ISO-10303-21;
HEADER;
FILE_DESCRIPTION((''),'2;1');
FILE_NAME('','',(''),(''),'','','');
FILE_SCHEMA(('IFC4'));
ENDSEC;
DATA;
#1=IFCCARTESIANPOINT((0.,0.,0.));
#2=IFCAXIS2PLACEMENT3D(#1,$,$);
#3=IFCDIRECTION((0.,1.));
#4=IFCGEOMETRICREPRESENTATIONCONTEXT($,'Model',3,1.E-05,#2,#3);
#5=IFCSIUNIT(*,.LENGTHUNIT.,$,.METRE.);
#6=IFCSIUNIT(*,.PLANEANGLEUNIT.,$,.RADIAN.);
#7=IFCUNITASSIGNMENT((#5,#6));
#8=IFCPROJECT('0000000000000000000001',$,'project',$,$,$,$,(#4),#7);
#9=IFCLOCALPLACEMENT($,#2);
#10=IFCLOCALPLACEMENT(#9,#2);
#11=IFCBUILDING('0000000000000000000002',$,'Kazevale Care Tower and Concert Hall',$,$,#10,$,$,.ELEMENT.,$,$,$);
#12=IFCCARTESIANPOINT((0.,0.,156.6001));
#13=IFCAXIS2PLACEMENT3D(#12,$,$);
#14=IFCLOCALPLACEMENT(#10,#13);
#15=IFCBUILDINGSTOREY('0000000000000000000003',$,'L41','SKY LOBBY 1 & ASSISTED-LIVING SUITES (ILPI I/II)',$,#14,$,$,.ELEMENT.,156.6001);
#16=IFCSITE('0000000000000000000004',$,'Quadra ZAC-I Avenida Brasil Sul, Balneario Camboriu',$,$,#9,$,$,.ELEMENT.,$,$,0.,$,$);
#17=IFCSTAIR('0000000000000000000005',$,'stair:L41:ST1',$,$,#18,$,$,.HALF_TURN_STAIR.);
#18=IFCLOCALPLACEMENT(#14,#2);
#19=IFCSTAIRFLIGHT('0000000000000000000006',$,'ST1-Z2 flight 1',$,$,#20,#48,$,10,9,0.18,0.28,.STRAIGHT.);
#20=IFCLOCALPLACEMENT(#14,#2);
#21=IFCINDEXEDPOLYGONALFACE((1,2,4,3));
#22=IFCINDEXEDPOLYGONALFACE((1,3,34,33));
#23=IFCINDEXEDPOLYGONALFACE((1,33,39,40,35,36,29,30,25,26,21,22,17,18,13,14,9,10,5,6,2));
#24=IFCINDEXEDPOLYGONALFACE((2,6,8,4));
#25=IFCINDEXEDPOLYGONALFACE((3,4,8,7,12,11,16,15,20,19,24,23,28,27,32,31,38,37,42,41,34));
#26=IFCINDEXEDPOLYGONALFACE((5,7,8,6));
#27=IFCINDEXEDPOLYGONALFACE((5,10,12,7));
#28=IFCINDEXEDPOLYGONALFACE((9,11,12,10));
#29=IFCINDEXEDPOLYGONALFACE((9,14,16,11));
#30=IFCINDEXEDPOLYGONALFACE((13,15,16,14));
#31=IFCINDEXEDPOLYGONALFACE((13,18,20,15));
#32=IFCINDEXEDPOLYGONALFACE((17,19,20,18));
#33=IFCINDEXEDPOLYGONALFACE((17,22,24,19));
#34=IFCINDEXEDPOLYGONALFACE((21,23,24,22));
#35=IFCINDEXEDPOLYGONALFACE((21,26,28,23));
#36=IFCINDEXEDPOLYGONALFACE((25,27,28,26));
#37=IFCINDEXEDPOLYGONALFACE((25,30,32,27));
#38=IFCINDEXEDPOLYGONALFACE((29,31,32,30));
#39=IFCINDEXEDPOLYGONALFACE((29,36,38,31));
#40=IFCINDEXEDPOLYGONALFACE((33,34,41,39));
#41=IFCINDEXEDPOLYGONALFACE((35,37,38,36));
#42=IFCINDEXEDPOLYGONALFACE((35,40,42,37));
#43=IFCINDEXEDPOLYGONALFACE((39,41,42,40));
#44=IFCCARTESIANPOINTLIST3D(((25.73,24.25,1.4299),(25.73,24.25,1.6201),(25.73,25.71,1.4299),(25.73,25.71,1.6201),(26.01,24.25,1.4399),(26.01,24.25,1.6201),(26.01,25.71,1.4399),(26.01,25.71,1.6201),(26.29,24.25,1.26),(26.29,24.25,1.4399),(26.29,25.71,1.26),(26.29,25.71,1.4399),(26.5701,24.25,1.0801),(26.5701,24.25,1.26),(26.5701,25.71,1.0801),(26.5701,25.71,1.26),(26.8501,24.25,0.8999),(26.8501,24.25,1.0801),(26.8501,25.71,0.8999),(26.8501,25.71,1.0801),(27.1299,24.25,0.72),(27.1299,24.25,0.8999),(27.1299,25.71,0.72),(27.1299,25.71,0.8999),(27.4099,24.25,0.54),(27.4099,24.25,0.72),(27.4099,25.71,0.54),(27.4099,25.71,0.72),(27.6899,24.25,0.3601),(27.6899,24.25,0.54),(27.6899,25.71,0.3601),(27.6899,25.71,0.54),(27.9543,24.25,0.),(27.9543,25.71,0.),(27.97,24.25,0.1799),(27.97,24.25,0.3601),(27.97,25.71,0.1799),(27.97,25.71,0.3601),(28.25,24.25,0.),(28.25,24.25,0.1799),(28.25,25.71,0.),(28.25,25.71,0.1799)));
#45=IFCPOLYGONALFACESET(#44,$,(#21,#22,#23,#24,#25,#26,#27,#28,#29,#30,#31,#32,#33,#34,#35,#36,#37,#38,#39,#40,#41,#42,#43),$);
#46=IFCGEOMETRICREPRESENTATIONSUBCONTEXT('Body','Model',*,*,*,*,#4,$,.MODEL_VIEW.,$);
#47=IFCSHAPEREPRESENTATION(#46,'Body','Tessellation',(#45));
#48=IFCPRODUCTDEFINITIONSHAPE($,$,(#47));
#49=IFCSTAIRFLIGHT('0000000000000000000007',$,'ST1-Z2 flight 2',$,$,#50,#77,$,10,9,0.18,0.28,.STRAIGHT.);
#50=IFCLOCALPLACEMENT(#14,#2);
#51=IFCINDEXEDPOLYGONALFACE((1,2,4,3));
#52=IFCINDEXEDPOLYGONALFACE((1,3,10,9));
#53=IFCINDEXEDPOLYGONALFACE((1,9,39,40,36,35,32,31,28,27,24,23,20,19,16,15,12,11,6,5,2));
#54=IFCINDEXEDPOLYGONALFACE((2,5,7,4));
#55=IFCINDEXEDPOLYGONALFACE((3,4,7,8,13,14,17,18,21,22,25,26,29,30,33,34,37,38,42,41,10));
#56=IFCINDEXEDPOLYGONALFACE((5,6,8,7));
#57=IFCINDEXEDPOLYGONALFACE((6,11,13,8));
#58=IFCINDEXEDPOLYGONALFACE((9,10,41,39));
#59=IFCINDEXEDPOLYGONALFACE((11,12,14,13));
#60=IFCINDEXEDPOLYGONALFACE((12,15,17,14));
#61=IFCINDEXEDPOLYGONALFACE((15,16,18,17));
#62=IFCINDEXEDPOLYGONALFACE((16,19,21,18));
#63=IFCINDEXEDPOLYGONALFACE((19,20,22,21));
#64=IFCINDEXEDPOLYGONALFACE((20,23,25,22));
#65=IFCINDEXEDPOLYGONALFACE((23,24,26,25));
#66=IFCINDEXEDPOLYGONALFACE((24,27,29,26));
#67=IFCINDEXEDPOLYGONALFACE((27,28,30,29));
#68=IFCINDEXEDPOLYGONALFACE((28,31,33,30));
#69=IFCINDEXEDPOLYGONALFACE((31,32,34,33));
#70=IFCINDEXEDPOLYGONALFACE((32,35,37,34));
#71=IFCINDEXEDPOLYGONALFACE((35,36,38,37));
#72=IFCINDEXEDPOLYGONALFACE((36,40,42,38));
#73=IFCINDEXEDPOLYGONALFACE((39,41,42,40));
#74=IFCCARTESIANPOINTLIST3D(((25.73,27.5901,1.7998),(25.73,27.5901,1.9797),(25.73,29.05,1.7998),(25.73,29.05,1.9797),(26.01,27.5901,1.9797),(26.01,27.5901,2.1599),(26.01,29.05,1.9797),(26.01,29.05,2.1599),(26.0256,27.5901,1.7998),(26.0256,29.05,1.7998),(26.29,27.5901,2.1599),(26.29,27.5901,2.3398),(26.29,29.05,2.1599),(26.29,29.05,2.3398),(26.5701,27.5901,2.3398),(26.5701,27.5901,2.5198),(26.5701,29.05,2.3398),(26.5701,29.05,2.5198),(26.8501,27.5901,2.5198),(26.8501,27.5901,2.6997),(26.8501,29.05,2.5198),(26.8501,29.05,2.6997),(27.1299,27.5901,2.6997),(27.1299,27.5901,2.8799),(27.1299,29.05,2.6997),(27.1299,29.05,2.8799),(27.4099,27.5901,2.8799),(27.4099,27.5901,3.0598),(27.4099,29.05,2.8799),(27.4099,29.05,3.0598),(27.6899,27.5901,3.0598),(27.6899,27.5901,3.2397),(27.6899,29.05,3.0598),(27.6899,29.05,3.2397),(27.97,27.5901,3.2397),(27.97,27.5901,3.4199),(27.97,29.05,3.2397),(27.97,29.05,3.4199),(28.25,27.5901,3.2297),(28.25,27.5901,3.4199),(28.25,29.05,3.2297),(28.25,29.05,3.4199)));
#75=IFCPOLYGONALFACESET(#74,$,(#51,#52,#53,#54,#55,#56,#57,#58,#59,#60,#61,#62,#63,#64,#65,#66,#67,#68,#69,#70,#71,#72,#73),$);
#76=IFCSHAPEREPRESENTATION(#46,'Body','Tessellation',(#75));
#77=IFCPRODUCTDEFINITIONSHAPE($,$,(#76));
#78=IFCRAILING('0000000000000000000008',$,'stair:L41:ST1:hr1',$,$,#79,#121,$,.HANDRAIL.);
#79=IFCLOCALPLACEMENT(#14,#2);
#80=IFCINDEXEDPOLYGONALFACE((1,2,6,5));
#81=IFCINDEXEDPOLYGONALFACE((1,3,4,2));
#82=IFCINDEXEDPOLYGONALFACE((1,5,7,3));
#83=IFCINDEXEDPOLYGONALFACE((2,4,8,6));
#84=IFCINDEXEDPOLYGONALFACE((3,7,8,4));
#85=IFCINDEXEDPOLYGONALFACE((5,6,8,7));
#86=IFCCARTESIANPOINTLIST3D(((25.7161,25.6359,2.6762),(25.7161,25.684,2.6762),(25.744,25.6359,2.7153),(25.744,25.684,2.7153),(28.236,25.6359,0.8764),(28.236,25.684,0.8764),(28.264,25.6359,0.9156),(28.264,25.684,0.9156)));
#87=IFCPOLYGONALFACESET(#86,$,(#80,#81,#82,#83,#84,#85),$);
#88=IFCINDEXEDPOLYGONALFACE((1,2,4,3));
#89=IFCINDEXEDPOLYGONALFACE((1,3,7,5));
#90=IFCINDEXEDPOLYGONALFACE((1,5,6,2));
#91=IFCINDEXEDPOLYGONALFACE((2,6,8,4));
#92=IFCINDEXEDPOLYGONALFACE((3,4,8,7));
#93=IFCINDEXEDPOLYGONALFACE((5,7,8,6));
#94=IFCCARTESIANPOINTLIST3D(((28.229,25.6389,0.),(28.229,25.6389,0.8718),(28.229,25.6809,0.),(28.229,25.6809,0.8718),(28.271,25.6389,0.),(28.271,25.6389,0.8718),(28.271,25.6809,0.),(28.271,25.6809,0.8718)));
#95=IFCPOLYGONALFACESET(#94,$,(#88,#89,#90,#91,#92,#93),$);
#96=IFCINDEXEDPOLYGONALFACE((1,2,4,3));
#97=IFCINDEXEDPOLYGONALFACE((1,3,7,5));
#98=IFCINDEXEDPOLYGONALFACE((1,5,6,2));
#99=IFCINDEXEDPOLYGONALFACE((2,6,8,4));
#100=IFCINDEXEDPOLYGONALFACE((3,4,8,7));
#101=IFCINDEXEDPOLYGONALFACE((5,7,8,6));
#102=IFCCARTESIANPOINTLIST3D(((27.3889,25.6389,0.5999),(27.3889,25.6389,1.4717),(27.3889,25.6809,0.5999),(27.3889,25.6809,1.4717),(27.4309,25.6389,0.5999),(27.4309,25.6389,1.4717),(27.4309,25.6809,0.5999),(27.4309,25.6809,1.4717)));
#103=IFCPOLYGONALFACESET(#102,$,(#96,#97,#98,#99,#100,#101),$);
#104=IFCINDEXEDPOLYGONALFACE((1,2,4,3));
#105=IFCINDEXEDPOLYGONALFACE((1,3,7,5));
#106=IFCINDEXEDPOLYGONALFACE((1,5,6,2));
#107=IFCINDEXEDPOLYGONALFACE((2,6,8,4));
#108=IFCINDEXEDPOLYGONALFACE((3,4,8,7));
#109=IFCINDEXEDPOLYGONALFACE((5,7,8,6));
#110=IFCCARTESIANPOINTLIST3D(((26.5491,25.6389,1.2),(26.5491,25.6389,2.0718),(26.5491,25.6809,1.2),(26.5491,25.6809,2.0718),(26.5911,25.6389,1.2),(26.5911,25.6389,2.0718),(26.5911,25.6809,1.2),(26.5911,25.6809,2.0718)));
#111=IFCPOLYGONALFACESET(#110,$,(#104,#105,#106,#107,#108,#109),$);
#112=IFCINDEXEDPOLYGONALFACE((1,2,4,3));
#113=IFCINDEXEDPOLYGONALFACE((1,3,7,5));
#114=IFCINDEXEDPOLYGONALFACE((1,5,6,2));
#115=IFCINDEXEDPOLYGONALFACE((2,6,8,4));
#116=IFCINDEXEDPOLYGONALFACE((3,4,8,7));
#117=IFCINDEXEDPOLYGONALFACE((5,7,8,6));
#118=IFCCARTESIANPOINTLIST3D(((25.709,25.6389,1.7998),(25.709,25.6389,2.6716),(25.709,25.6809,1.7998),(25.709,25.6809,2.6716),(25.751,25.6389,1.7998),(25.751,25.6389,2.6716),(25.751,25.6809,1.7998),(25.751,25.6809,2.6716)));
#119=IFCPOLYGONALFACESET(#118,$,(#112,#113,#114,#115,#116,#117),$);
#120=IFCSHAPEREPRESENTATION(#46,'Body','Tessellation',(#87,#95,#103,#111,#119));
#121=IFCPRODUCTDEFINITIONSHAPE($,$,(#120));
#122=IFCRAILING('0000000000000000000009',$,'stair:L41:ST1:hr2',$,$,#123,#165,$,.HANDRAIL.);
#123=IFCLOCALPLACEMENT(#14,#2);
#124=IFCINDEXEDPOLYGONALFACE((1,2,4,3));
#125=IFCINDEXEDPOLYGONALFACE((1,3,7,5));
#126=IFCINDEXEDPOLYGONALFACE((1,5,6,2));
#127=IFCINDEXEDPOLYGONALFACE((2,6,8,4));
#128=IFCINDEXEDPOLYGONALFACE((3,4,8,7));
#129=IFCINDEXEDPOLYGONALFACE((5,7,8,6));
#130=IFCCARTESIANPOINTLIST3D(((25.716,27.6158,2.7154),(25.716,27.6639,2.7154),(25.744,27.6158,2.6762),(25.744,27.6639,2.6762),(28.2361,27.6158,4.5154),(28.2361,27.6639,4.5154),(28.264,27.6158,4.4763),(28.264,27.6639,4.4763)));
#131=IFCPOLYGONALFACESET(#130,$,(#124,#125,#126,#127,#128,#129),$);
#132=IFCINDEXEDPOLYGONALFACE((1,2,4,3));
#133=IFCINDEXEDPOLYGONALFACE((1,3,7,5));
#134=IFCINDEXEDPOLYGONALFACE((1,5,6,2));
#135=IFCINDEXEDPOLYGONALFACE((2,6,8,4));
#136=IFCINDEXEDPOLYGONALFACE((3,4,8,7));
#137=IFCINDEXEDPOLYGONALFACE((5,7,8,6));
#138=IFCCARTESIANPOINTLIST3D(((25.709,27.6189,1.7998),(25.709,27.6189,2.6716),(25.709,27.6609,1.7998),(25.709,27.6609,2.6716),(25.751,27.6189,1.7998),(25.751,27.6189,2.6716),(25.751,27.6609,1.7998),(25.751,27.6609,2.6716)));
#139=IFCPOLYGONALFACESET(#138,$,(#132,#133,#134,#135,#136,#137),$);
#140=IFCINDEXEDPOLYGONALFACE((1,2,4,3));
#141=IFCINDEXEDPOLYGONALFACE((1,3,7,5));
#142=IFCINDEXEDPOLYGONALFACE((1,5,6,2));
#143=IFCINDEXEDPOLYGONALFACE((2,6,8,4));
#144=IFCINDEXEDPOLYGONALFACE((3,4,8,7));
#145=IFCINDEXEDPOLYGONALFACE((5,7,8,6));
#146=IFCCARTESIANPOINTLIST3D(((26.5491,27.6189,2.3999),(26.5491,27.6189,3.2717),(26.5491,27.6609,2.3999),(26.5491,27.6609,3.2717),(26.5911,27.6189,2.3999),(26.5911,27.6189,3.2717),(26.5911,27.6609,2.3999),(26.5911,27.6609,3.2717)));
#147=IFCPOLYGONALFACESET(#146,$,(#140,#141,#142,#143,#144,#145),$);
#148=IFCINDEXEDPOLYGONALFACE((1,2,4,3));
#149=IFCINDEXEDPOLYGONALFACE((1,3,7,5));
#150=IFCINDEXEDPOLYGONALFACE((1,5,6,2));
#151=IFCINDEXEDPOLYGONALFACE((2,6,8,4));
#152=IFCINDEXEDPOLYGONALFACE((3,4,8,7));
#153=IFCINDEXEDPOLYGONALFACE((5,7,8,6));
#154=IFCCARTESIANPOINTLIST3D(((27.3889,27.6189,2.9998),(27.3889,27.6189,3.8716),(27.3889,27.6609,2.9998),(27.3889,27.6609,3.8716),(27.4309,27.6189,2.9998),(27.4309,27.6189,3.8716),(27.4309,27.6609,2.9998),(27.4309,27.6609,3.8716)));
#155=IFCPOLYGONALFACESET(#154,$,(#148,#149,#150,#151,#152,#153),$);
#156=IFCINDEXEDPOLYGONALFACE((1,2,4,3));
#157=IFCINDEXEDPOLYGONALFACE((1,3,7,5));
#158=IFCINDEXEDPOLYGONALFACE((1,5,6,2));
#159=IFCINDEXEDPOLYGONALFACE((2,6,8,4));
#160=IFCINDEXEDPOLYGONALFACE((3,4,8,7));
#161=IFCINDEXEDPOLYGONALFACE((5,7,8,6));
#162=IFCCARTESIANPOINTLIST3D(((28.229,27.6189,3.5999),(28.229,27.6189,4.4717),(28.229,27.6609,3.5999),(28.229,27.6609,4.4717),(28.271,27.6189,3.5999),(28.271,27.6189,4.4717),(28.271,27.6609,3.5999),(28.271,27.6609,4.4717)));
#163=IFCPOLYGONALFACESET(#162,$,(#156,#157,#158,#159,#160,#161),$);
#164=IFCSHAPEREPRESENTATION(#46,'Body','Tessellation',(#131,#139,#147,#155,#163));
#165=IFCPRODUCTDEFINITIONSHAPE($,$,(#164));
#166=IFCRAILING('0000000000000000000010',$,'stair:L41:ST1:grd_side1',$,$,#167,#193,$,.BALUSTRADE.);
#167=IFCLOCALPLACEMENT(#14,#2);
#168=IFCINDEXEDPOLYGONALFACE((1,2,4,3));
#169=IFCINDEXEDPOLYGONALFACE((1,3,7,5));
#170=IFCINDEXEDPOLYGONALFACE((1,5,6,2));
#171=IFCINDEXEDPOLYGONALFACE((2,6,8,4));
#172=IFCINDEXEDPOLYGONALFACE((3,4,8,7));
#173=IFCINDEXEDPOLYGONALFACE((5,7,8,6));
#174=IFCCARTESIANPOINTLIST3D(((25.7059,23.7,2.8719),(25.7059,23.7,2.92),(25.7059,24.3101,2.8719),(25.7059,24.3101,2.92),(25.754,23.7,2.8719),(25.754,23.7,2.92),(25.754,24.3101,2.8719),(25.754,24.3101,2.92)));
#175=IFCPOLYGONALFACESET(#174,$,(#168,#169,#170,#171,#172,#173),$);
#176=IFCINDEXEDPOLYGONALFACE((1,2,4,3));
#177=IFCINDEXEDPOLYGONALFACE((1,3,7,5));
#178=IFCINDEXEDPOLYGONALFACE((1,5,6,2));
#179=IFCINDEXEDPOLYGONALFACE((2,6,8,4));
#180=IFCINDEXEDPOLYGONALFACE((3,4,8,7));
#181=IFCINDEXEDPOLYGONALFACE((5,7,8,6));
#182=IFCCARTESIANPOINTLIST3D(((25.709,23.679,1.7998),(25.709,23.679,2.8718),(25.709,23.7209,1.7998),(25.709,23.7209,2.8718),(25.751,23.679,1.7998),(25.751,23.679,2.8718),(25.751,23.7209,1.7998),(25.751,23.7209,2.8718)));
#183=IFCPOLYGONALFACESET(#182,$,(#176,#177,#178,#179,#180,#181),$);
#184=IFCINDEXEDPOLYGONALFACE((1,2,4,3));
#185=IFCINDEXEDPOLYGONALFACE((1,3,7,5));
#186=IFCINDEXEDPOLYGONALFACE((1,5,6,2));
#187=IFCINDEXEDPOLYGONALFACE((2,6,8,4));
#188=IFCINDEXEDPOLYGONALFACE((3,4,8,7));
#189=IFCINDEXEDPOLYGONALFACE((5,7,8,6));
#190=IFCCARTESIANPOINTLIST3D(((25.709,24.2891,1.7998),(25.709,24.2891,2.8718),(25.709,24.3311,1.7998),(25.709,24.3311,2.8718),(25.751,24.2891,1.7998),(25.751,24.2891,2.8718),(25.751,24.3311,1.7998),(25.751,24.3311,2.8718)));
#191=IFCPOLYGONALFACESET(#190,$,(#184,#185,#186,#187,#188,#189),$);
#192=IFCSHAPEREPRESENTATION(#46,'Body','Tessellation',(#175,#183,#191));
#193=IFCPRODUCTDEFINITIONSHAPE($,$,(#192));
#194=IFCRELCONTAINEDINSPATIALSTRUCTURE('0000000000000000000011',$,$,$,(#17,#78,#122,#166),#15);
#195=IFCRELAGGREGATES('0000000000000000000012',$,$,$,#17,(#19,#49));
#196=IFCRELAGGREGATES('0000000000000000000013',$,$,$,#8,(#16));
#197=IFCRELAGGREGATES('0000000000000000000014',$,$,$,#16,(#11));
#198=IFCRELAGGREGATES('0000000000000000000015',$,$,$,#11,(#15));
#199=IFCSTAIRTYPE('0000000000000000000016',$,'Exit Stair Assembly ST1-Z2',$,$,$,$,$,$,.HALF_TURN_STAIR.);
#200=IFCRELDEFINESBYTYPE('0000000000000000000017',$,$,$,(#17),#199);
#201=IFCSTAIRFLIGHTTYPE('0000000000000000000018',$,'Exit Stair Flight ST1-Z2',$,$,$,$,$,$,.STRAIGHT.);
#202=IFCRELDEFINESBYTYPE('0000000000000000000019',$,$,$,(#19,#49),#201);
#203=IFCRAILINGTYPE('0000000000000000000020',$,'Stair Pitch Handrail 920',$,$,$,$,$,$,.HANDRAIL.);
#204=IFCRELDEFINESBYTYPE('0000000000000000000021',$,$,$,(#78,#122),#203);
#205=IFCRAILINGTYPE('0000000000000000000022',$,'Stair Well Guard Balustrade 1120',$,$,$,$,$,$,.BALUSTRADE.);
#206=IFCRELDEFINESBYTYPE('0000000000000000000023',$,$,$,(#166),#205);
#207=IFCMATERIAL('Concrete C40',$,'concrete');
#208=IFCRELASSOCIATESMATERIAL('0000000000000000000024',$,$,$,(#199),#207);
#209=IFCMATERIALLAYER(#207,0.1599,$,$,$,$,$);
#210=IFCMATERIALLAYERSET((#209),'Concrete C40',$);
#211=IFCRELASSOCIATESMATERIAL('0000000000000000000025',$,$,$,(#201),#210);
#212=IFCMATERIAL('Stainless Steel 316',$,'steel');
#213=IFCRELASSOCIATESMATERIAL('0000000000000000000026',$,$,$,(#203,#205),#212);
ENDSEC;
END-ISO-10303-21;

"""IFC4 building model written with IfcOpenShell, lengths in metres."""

from ifc_helpers import new_model, si_unit, direction, frame, origin, origin_2d, place, context, subcontext, project, spatial, polyline, rectangle, outline, extrude, material, layer, layer_set, type_object, element, aggregate, save


model = new_model("IFC4")

# Units and contexts
model_context = context("Model", 3, precision=1e-05, world=origin(), true_north=direction((0.0, 1.0)))
body_context = subcontext(model_context, "Body", "Model", "MODEL_VIEW")
ifc_project = project(units=[si_unit("LENGTHUNIT", "METRE"), si_unit("PLANEANGLEUNIT", "RADIAN")], contexts=[model_context])

# Site, building, storey
site_placement = place(None, origin())
site = spatial("IfcSite", under=ifc_project, at=site_placement, Name="Quadra ZAC-I Avenida Brasil Sul, Balneario Camboriu", CompositionType="ELEMENT", RefElevation=0.0)
building_placement = place(site_placement, origin())
building = spatial("IfcBuilding", under=site, at=building_placement, Name="Kazevale Care Tower and Concert Hall", CompositionType="ELEMENT")
storey_placement = place(building_placement, frame((0.0, 0.0, 156.6001)))
storey = spatial("IfcBuildingStorey", under=building, at=storey_placement, Name="L41", Description="SKY LOBBY 1 & ASSISTED-LIVING SUITES (ILPI I/II)", CompositionType="ELEMENT", Elevation=156.6001)

# Shared definitions
ifc_material_1 = material(Name="Concrete C40", Category="concrete")
ifc_material_2 = material(Name="Stainless Steel 316", Category="steel")

# Stair, stair flights
stair_type = type_object("IfcStairType", Name="Exit Stair Assembly ST1-Z2", PredefinedType="HALF_TURN_STAIR", material=ifc_material_1)
stair_placement = place(storey_placement, origin())
stair = element("IfcStair", 1, at=stair_placement, inside=storey, type_object=stair_type, Name="stair:L41:ST1", PredefinedType="HALF_TURN_STAIR")
ifc_layer_1 = layer(ifc_material_1, 0.1599)
ifc_layer_set_1 = layer_set([ifc_layer_1], Name="Concrete C40")
stair_flight_type = type_object("IfcStairFlightType", Name="Exit Stair Flight ST1-Z2", PredefinedType="STRAIGHT", material=ifc_layer_set_1)
stair_flight_1_placement = place(storey_placement, frame((28.25, 24.98, 0.0), z_axis=(0.0, 0.0, 1.0), x_axis=(-1.0, 0.0, 0.0)))
stair_flight_1 = element("IfcStairFlight", 2, at=stair_flight_1_placement, type_object=stair_flight_type, Name="ST1-Z2 flight 1", NumberOfRisers=10, NumberOfTreads=9, PredefinedType="STRAIGHT", RiserHeight=0.18, TreadLength=0.28, context=body_context, shape_type="SweptSolid", body=[
    extrude(outline(polyline([(0.0, 0.0), (0.0, 0.1799), (0.28, 0.1799), (0.28, 0.3601), (0.5601, 0.3601), (0.5601, 0.54), (0.8401, 0.54), (0.8401, 0.72), (1.1201, 0.72), (1.1201, 0.8999), (1.3999, 0.8999), (1.3999, 1.0801), (1.6799, 1.0801), (1.6799, 1.26), (1.96, 1.26), (1.96, 1.4399), (2.24, 1.4399), (2.24, 1.6201), (2.52, 1.6201), (2.52, 1.8), (2.52, 1.4299), (0.2957, 0.0), (0.0, 0.0)])), frame((0.0, 0.73, 0.0), z_axis=(0.0, -1.0, 0.0), x_axis=(1.0, 0.0, 0.0)), (0.0, 0.0, 1.0), 1.46),
])
stair_flight_2_placement = place(storey_placement, frame((25.73, 28.3201, 1.7998), z_axis=(0.0, 0.0, 1.0), x_axis=(1.0, 0.0, 0.0)))
stair_flight_2 = element("IfcStairFlight", 3, at=stair_flight_2_placement, type_object=stair_flight_type, Name="ST1-Z2 flight 2", NumberOfRisers=10, NumberOfTreads=9, PredefinedType="STRAIGHT", RiserHeight=0.18, TreadLength=0.28, context=body_context, shape_type="SweptSolid", body=[
    extrude(outline(polyline([(0.0, 0.0), (0.0, 0.1799), (0.28, 0.1799), (0.28, 0.3601), (0.5601, 0.3601), (0.5601, 0.54), (0.8401, 0.54), (0.8401, 0.72), (1.1201, 0.72), (1.1201, 0.8999), (1.3999, 0.8999), (1.3999, 1.0801), (1.6799, 1.0801), (1.6799, 1.26), (1.96, 1.26), (1.96, 1.4399), (2.24, 1.4399), (2.24, 1.6201), (2.52, 1.6201), (2.52, 1.8), (2.52, 1.4299), (0.2957, 0.0), (0.0, 0.0)])), frame((0.0, 0.73, 0.0), z_axis=(0.0, -1.0, 0.0), x_axis=(1.0, 0.0, 0.0)), (0.0, 0.0, 1.0), 1.46),
])
aggregate(stair, [stair_flight_1, stair_flight_2])

# Railings
railing_type_1 = type_object("IfcRailingType", Name="Stair Pitch Handrail 920", PredefinedType="HANDRAIL", material=ifc_material_2)
railing_1_placement = place(storey_placement, frame((28.25, 25.6599, 0.0)))
element("IfcRailing", 4, at=railing_1_placement, inside=storey, type_object=railing_type_1, Name="stair:L41:ST1:hr1", PredefinedType="HANDRAIL", context=body_context, shape_type="SweptSolid", body=[
    extrude(rectangle(XDim=0.0481, YDim=0.0481, at=origin_2d()), frame((0.0, 0.0, 0.896), z_axis=(-0.813765, 0.0, 0.581193), x_axis=(0.0, -1.0, 0.0)), (0.0, 0.0, 1.0), 3.0967),
    extrude(rectangle(XDim=0.042, YDim=0.042, at=origin_2d()), origin(), (0.0, 0.0, 1.0), 0.8718),
    extrude(rectangle(XDim=0.042, YDim=0.042, at=origin_2d()), frame((-0.8401, 0.0, 0.5999)), (0.0, 0.0, 1.0), 0.8718),
    extrude(rectangle(XDim=0.042, YDim=0.042, at=origin_2d()), frame((-1.6799, 0.0, 1.2)), (0.0, 0.0, 1.0), 0.8718),
    extrude(rectangle(XDim=0.042, YDim=0.042, at=origin_2d()), frame((-2.52, 0.0, 1.7998)), (0.0, 0.0, 1.0), 0.8718),
])
railing_2_placement = place(storey_placement, frame((25.73, 27.6399, 1.7998)))
element("IfcRailing", 5, at=railing_2_placement, inside=storey, type_object=railing_type_1, Name="stair:L41:ST1:hr2", PredefinedType="HANDRAIL", context=body_context, shape_type="SweptSolid", body=[
    extrude(rectangle(XDim=0.0481, YDim=0.0481, at=origin_2d()), frame((0.0, 0.0, 0.896), z_axis=(0.813728, 0.0, 0.581246), x_axis=(0.0, 1.0, 0.0)), (0.0, 0.0, 1.0), 3.0969),
    extrude(rectangle(XDim=0.042, YDim=0.042, at=origin_2d()), origin(), (0.0, 0.0, 1.0), 0.8718),
    extrude(rectangle(XDim=0.042, YDim=0.042, at=origin_2d()), frame((0.8401, 0.0, 0.6001)), (0.0, 0.0, 1.0), 0.8718),
    extrude(rectangle(XDim=0.042, YDim=0.042, at=origin_2d()), frame((1.6799, 0.0, 1.2)), (0.0, 0.0, 1.0), 0.8718),
    extrude(rectangle(XDim=0.042, YDim=0.042, at=origin_2d()), frame((2.52, 0.0, 1.8)), (0.0, 0.0, 1.0), 0.8718),
])
railing_type_2 = type_object("IfcRailingType", Name="Stair Well Guard Balustrade 1120", PredefinedType="BALUSTRADE", material=ifc_material_2)
railing_3_placement = place(storey_placement, frame((25.73, 23.7, 1.7998)))
element("IfcRailing", 6, at=railing_3_placement, inside=storey, type_object=railing_type_2, Name="stair:L41:ST1:grd_side1", PredefinedType="BALUSTRADE", context=body_context, shape_type="SweptSolid", body=[
    extrude(rectangle(XDim=0.0481, YDim=0.0481, at=origin_2d()), frame((0.0, 0.0, 1.0962), z_axis=(0.0, 1.0, 0.0), x_axis=(-1.0, 0.0, 0.0)), (0.0, 0.0, 1.0), 0.6101),
    extrude(rectangle(XDim=0.042, YDim=0.042, at=origin_2d()), origin(), (0.0, 0.0, 1.0), 1.072),
    extrude(rectangle(XDim=0.042, YDim=0.042, at=origin_2d()), frame((0.0, 0.6101, 0.0)), (0.0, 0.0, 1.0), 1.072),
])

save(model, "model.ifc")
